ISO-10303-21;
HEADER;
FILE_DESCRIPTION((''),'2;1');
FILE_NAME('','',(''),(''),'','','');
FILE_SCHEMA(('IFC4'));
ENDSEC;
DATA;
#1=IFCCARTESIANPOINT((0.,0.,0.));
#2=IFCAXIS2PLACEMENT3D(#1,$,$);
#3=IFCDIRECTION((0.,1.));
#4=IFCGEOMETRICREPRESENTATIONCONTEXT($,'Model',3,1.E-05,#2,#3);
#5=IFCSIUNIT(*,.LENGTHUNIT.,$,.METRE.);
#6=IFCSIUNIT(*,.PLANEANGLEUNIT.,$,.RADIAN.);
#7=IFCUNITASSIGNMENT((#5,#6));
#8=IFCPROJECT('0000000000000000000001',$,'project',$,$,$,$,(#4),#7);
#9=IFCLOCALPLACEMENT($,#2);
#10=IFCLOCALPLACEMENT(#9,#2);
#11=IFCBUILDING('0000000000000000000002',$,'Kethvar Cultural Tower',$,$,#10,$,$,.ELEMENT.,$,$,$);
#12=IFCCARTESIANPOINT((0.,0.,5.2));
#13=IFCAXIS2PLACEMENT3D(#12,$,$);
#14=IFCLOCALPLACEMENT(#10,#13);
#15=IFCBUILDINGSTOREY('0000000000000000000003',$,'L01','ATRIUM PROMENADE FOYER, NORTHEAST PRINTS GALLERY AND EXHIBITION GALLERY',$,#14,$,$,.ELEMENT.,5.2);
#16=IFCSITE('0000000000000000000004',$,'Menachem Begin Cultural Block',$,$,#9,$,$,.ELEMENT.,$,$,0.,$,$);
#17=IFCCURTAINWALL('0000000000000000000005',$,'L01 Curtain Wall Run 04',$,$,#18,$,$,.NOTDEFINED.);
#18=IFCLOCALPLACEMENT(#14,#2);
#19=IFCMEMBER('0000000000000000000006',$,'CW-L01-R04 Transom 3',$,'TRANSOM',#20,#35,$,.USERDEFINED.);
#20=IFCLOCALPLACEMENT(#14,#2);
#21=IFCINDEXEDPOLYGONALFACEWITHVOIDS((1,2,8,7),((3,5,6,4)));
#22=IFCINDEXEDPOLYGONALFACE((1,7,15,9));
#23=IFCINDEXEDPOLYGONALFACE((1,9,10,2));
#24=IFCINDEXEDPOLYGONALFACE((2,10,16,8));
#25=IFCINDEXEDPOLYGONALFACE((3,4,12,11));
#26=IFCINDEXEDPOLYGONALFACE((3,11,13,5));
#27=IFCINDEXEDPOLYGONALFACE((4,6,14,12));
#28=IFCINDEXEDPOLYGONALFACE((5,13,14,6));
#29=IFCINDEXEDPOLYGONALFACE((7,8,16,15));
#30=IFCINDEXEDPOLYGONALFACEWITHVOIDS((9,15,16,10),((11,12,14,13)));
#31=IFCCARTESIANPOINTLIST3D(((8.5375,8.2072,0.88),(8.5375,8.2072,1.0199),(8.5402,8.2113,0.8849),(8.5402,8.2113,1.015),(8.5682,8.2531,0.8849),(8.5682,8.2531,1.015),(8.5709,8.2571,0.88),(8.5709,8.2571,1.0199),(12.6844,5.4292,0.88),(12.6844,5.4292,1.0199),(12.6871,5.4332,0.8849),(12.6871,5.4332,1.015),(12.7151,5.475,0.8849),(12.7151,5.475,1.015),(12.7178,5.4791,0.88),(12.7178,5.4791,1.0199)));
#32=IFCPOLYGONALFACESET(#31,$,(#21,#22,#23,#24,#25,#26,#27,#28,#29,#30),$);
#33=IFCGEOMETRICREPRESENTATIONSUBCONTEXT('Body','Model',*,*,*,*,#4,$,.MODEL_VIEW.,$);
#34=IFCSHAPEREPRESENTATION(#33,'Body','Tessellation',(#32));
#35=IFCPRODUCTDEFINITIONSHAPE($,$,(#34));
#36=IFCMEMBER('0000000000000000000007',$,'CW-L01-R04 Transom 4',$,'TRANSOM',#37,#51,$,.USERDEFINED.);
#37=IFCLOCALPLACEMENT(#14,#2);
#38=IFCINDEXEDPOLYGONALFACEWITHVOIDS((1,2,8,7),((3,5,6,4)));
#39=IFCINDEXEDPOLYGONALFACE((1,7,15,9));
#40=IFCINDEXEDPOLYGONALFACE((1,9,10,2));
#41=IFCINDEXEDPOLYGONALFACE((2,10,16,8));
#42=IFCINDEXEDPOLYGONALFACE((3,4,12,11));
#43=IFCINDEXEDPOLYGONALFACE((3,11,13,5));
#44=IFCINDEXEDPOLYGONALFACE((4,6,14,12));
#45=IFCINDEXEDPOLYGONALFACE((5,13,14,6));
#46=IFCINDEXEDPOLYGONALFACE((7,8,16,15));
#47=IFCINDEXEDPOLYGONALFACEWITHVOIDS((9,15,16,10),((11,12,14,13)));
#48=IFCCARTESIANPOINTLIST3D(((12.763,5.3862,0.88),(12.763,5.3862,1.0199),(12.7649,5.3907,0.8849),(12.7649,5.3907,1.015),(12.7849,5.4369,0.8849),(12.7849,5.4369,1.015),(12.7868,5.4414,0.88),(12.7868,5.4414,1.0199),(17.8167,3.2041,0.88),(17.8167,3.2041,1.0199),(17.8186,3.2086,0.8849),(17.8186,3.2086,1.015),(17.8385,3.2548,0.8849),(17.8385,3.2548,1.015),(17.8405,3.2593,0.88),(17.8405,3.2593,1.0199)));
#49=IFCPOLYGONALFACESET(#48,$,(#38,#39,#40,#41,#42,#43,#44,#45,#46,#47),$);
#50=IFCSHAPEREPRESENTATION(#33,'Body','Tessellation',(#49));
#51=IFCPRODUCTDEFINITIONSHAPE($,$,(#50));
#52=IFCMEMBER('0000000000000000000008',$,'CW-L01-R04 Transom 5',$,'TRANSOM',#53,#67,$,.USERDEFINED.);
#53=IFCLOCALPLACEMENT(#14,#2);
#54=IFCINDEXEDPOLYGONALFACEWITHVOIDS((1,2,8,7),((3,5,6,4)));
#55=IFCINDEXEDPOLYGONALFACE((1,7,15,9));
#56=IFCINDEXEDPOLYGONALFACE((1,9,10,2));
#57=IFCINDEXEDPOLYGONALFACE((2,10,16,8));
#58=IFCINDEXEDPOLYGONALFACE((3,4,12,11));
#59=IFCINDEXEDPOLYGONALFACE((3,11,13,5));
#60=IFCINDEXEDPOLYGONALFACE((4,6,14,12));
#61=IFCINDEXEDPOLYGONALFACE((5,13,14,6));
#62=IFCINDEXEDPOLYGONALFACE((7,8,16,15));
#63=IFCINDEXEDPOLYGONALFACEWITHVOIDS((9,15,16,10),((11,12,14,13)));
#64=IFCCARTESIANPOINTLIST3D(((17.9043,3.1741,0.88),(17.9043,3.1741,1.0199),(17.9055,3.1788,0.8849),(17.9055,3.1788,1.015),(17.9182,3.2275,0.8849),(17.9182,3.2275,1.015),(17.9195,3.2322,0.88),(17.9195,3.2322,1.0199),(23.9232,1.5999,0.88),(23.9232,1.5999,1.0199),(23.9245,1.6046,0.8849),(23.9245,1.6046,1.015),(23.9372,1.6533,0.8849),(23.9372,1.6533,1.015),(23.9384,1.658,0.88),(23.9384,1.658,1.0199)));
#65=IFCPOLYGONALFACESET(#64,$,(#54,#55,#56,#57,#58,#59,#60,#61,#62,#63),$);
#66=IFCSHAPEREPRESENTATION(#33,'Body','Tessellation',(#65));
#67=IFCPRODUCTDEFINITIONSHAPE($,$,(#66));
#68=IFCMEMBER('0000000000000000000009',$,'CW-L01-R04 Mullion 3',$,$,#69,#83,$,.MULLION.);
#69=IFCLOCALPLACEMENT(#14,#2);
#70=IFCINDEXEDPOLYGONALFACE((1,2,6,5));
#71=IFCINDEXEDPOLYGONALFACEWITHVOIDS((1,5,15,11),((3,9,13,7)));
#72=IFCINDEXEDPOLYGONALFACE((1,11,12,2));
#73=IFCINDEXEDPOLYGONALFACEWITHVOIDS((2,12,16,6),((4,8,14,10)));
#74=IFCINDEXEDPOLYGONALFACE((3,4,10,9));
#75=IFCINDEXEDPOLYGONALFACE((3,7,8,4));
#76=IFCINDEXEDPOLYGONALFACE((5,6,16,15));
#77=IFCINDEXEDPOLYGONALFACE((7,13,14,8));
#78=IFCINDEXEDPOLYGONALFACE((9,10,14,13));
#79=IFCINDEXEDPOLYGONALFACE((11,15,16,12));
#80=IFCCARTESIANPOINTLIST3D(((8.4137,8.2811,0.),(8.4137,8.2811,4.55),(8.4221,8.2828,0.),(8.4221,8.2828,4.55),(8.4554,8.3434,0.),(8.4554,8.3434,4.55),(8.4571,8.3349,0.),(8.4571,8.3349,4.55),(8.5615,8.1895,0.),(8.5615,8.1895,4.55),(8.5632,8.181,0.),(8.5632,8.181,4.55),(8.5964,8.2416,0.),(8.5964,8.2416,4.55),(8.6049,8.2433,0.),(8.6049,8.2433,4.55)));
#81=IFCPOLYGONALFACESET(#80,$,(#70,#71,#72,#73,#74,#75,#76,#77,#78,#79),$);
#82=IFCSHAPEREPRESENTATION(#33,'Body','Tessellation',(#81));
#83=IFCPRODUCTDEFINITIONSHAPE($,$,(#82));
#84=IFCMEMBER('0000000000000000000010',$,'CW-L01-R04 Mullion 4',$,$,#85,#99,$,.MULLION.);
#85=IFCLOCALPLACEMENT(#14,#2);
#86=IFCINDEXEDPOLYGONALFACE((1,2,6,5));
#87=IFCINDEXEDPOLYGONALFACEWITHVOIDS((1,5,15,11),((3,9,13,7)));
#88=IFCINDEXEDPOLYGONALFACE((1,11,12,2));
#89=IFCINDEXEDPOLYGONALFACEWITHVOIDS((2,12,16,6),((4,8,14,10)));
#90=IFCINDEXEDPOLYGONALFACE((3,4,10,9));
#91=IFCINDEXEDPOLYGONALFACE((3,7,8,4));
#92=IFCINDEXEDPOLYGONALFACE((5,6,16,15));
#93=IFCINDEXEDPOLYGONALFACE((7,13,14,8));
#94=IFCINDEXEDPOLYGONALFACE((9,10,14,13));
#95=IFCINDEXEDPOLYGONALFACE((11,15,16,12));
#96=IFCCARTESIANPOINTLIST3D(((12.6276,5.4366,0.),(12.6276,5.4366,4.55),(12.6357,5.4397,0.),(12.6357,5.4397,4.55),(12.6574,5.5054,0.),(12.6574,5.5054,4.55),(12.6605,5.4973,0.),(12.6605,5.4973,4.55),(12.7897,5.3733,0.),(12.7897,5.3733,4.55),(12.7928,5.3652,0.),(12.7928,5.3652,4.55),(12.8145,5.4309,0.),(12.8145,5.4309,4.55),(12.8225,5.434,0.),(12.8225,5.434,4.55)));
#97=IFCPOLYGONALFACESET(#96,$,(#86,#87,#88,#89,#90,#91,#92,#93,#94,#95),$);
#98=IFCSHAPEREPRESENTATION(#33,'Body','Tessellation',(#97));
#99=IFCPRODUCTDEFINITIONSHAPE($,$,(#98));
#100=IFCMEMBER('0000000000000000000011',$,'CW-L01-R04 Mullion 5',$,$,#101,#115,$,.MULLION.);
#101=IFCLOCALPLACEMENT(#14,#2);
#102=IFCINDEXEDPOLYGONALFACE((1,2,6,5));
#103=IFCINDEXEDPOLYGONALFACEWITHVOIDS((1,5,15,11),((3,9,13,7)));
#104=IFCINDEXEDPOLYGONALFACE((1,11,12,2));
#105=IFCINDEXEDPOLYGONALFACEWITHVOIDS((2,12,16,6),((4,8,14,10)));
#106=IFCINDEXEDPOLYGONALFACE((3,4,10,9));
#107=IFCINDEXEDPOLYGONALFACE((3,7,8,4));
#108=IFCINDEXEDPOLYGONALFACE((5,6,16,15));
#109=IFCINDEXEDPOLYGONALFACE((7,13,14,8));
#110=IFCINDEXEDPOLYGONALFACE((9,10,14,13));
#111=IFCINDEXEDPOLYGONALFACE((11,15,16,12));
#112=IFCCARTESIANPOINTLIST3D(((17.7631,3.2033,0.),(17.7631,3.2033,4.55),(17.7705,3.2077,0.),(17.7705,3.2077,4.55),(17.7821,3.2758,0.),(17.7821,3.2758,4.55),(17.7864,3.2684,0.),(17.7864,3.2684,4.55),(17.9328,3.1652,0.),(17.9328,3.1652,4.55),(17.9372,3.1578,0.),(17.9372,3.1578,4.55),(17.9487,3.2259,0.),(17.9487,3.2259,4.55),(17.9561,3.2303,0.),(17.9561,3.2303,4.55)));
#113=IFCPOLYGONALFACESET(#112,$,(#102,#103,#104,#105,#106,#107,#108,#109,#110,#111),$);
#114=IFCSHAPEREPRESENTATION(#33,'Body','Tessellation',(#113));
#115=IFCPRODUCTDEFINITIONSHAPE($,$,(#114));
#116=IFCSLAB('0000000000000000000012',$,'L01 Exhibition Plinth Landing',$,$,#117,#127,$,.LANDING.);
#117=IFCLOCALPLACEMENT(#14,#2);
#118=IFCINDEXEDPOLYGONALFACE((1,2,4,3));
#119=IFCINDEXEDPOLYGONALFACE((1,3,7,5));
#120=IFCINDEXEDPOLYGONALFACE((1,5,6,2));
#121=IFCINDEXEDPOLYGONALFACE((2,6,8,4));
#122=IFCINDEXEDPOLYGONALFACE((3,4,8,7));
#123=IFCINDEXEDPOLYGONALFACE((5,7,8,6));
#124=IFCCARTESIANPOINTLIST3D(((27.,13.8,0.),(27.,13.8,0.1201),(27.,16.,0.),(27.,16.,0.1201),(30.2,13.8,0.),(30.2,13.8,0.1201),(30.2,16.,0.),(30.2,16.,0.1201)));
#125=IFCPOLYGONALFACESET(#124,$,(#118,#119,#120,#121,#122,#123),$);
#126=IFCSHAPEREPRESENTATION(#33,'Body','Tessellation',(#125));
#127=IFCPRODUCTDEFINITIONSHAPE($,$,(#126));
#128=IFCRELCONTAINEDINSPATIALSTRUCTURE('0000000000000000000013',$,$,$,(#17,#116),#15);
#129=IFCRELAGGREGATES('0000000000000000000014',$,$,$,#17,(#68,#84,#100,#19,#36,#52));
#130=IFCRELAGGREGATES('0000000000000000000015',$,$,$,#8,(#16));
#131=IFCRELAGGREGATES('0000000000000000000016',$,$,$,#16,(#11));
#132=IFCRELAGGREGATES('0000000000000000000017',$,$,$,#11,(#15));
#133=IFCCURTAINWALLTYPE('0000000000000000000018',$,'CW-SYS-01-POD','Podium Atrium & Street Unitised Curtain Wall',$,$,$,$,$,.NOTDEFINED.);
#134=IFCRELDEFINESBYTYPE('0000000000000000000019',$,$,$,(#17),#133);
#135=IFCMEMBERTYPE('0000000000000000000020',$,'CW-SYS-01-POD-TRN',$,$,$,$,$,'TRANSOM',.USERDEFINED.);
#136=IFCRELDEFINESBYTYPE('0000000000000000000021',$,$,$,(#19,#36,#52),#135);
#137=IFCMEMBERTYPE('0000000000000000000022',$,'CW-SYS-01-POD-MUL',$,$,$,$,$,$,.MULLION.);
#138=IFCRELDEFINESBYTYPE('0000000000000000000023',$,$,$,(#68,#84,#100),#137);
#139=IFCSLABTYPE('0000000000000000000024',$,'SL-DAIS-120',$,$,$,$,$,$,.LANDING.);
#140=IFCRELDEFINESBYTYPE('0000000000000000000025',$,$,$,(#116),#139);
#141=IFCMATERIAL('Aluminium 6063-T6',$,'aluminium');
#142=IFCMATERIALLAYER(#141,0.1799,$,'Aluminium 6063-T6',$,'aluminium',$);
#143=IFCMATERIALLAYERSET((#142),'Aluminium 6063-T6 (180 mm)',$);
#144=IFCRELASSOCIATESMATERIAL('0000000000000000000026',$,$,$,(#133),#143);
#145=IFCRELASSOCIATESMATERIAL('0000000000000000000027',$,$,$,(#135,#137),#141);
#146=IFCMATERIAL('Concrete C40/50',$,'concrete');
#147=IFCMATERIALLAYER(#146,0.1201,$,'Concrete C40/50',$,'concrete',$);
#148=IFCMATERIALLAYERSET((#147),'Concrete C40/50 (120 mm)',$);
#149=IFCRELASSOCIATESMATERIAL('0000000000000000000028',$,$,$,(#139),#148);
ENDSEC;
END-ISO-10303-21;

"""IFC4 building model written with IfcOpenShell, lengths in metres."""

from ifc_helpers import new_model, si_unit, direction, frame, origin, origin_2d, place, context, subcontext, project, spatial, polyline, hollow_rectangle, outline, extrude, source, transform, mapped, material, layer, layer_set, material_profile, profile_set, type_object, element, aggregate, save


model = new_model("IFC4")

# Units and contexts
model_context = context("Model", 3, precision=1e-05, world=origin(), true_north=direction((0.0, 1.0)))
body_context = subcontext(model_context, "Body", "Model", "MODEL_VIEW")
ifc_project = project(units=[si_unit("LENGTHUNIT", "METRE"), si_unit("PLANEANGLEUNIT", "RADIAN")], contexts=[model_context])

# Site, building, storey
site_placement = place(None, origin())
site = spatial("IfcSite", under=ifc_project, at=site_placement, Name="Menachem Begin Cultural Block", CompositionType="ELEMENT", RefElevation=0.0)
building_placement = place(site_placement, origin())
building = spatial("IfcBuilding", under=site, at=building_placement, Name="Kethvar Cultural Tower", CompositionType="ELEMENT")
storey_placement = place(building_placement, frame((0.0, 0.0, 5.2)))
storey = spatial("IfcBuildingStorey", under=building, at=storey_placement, Name="L01", Description="ATRIUM PROMENADE FOYER, NORTHEAST PRINTS GALLERY AND EXHIBITION GALLERY", CompositionType="ELEMENT", Elevation=5.2)

# Curtain wall, members
ifc_material_1 = material(Name="Aluminium 6063-T6", Category="aluminium")
ifc_layer_1 = layer(ifc_material_1, 0.1799, Name="Aluminium 6063-T6", Category="aluminium")
ifc_layer_set_1 = layer_set([ifc_layer_1], Name="Aluminium 6063-T6 (180 mm)")
curtain_wall_type = type_object("IfcCurtainWallType", Name="CW-SYS-01-POD", Description="Podium Atrium & Street Unitised Curtain Wall", PredefinedType="NOTDEFINED", material=ifc_layer_set_1)
curtain_wall_placement = place(storey_placement, origin())
curtain_wall = element("IfcCurtainWall", 1, at=curtain_wall_placement, inside=storey, type_object=curtain_wall_type, Name="L01 Curtain Wall Run 04", PredefinedType="NOTDEFINED")
ifc_material_profile_1 = material_profile(ifc_material_1, hollow_rectangle(XDim=0.0601, YDim=0.1399, WallThickness=0.0049, at=origin_2d()), Name="Aluminium 6063-T6 — RHS140x60x5")
ifc_profile_set_1 = profile_set([ifc_material_profile_1], Name="Aluminium 6063-T6 — RHS140x60x5")
member_type_1 = type_object("IfcMemberType", Name="CW-SYS-01-POD-TRN", ElementType="TRANSOM", PredefinedType="USERDEFINED", material=ifc_profile_set_1)
shared_shape_1 = source(origin(), body_context, "Body", "SweptSolid", [
    extrude(hollow_rectangle(XDim=0.0601, YDim=0.1399, WallThickness=0.0049, at=origin_2d()), origin(), (0.0, 0.0, 1.0), 4.9915),
])
member_1_placement = place(storey_placement, frame((8.5542, 8.2322, 0.95), z_axis=(0.830807, -0.556561, 0.0), x_axis=(0.556561, 0.830807, 0.0)))
member_1 = element("IfcMember", 2, at=member_1_placement, type_object=member_type_1, Name="CW-L01-R04 Transom 3", ObjectType="TRANSOM", PredefinedType="USERDEFINED", context=body_context, shape_type="MappedRepresentation", body=[
    mapped(shared_shape_1, transform((0.0, 0.0, 0.0), scale=1.0)),
])
shared_shape_2 = source(origin(), body_context, "Body", "SweptSolid", [
    extrude(hollow_rectangle(XDim=0.0601, YDim=0.1399, WallThickness=0.0049, at=origin_2d()), origin(), (0.0, 0.0, 1.0), 5.5046),
])
member_2_placement = place(storey_placement, frame((12.7749, 5.4138, 0.95), z_axis=(0.918073, -0.396412, 0.0), x_axis=(0.396412, 0.918073, 0.0)))
member_2 = element("IfcMember", 3, at=member_2_placement, type_object=member_type_1, Name="CW-L01-R04 Transom 4", ObjectType="TRANSOM", PredefinedType="USERDEFINED", context=body_context, shape_type="MappedRepresentation", body=[
    mapped(shared_shape_2, transform((0.0, 0.0, 0.0), scale=1.0)),
])
shared_shape_3 = source(origin(), body_context, "Body", "SweptSolid", [
    extrude(hollow_rectangle(XDim=0.0601, YDim=0.1399, WallThickness=0.0049, at=origin_2d()), origin(), (0.0, 0.0, 1.0), 6.2214),
])
member_3_placement = place(storey_placement, frame((17.9119, 3.2031, 0.95), z_axis=(0.967459, -0.253029, 0.0), x_axis=(0.253029, 0.967459, 0.0)))
member_3 = element("IfcMember", 4, at=member_3_placement, type_object=member_type_1, Name="CW-L01-R04 Transom 5", ObjectType="TRANSOM", PredefinedType="USERDEFINED", context=body_context, shape_type="MappedRepresentation", body=[
    mapped(shared_shape_3, transform((0.0, 0.0, 0.0), scale=1.0)),
])
ifc_material_profile_2 = material_profile(ifc_material_1, hollow_rectangle(XDim=0.075, YDim=0.1799, WallThickness=0.0061, at=origin_2d()), Name="Aluminium 6063-T6 — RHS180x75x6")
ifc_profile_set_2 = profile_set([ifc_material_profile_2], Name="Aluminium 6063-T6 — RHS180x75x6")
member_type_2 = type_object("IfcMemberType", Name="CW-SYS-01-POD-MUL", PredefinedType="MULLION", material=ifc_profile_set_2)
shared_shape_4 = source(origin(), body_context, "Body", "SweptSolid", [
    extrude(hollow_rectangle(XDim=0.075, YDim=0.1799, WallThickness=0.0061, at=origin_2d()), origin(), (0.0, 0.0, 1.0), 4.55),
])
member_4_placement = place(storey_placement, frame((8.5093, 8.2622, 0.0), z_axis=(0.0, 0.0, 1.0), x_axis=(0.556557, 0.83081, 0.0)))
member_4 = element("IfcMember", 5, at=member_4_placement, type_object=member_type_2, Name="CW-L01-R04 Mullion 3", PredefinedType="MULLION", context=body_context, shape_type="MappedRepresentation", body=[
    mapped(shared_shape_4, transform((0.0, 0.0, 0.0), scale=1.0)),
])
member_5_placement = place(storey_placement, frame((12.7251, 5.4353, 0.0), z_axis=(0.0, 0.0, 1.0), x_axis=(0.396411, 0.918073, 0.0)))
member_5 = element("IfcMember", 6, at=member_5_placement, type_object=member_type_2, Name="CW-L01-R04 Mullion 4", PredefinedType="MULLION", context=body_context, shape_type="MappedRepresentation", body=[
    mapped(shared_shape_4, transform((0.0, 0.0, 0.0), scale=1.0)),
])
member_6_placement = place(storey_placement, frame((17.8596, 3.2168, 0.0), z_axis=(0.0, 0.0, 1.0), x_axis=(0.253032, 0.967458, 0.0)))
member_6 = element("IfcMember", 7, at=member_6_placement, type_object=member_type_2, Name="CW-L01-R04 Mullion 5", PredefinedType="MULLION", context=body_context, shape_type="MappedRepresentation", body=[
    mapped(shared_shape_4, transform((0.0, 0.0, 0.0), scale=1.0)),
])

# Slab
ifc_material_2 = material(Name="Concrete C40/50", Category="concrete")
ifc_layer_2 = layer(ifc_material_2, 0.1201, Name="Concrete C40/50", Category="concrete")
ifc_layer_set_2 = layer_set([ifc_layer_2], Name="Concrete C40/50 (120 mm)")
slab_type_1 = type_object("IfcSlabType", Name="SL-DAIS-120", PredefinedType="LANDING", material=ifc_layer_set_2)
slab_1_placement = place(storey_placement, origin())
element("IfcSlab", 8, at=slab_1_placement, inside=storey, type_object=slab_type_1, Name="L01 Exhibition Plinth Landing", PredefinedType="LANDING", context=body_context, shape_type="SweptSolid", body=[
    extrude(outline(polyline([(27.0, 13.8), (30.2, 13.8), (30.2, 16.0), (27.0, 16.0), (27.0, 13.8)])), origin(), (0.0, 0.0, 1.0), 0.1201),
])

aggregate(curtain_wall, [member_4, member_5, member_6, member_1, member_2, member_3])

save(model, "model.ifc")
